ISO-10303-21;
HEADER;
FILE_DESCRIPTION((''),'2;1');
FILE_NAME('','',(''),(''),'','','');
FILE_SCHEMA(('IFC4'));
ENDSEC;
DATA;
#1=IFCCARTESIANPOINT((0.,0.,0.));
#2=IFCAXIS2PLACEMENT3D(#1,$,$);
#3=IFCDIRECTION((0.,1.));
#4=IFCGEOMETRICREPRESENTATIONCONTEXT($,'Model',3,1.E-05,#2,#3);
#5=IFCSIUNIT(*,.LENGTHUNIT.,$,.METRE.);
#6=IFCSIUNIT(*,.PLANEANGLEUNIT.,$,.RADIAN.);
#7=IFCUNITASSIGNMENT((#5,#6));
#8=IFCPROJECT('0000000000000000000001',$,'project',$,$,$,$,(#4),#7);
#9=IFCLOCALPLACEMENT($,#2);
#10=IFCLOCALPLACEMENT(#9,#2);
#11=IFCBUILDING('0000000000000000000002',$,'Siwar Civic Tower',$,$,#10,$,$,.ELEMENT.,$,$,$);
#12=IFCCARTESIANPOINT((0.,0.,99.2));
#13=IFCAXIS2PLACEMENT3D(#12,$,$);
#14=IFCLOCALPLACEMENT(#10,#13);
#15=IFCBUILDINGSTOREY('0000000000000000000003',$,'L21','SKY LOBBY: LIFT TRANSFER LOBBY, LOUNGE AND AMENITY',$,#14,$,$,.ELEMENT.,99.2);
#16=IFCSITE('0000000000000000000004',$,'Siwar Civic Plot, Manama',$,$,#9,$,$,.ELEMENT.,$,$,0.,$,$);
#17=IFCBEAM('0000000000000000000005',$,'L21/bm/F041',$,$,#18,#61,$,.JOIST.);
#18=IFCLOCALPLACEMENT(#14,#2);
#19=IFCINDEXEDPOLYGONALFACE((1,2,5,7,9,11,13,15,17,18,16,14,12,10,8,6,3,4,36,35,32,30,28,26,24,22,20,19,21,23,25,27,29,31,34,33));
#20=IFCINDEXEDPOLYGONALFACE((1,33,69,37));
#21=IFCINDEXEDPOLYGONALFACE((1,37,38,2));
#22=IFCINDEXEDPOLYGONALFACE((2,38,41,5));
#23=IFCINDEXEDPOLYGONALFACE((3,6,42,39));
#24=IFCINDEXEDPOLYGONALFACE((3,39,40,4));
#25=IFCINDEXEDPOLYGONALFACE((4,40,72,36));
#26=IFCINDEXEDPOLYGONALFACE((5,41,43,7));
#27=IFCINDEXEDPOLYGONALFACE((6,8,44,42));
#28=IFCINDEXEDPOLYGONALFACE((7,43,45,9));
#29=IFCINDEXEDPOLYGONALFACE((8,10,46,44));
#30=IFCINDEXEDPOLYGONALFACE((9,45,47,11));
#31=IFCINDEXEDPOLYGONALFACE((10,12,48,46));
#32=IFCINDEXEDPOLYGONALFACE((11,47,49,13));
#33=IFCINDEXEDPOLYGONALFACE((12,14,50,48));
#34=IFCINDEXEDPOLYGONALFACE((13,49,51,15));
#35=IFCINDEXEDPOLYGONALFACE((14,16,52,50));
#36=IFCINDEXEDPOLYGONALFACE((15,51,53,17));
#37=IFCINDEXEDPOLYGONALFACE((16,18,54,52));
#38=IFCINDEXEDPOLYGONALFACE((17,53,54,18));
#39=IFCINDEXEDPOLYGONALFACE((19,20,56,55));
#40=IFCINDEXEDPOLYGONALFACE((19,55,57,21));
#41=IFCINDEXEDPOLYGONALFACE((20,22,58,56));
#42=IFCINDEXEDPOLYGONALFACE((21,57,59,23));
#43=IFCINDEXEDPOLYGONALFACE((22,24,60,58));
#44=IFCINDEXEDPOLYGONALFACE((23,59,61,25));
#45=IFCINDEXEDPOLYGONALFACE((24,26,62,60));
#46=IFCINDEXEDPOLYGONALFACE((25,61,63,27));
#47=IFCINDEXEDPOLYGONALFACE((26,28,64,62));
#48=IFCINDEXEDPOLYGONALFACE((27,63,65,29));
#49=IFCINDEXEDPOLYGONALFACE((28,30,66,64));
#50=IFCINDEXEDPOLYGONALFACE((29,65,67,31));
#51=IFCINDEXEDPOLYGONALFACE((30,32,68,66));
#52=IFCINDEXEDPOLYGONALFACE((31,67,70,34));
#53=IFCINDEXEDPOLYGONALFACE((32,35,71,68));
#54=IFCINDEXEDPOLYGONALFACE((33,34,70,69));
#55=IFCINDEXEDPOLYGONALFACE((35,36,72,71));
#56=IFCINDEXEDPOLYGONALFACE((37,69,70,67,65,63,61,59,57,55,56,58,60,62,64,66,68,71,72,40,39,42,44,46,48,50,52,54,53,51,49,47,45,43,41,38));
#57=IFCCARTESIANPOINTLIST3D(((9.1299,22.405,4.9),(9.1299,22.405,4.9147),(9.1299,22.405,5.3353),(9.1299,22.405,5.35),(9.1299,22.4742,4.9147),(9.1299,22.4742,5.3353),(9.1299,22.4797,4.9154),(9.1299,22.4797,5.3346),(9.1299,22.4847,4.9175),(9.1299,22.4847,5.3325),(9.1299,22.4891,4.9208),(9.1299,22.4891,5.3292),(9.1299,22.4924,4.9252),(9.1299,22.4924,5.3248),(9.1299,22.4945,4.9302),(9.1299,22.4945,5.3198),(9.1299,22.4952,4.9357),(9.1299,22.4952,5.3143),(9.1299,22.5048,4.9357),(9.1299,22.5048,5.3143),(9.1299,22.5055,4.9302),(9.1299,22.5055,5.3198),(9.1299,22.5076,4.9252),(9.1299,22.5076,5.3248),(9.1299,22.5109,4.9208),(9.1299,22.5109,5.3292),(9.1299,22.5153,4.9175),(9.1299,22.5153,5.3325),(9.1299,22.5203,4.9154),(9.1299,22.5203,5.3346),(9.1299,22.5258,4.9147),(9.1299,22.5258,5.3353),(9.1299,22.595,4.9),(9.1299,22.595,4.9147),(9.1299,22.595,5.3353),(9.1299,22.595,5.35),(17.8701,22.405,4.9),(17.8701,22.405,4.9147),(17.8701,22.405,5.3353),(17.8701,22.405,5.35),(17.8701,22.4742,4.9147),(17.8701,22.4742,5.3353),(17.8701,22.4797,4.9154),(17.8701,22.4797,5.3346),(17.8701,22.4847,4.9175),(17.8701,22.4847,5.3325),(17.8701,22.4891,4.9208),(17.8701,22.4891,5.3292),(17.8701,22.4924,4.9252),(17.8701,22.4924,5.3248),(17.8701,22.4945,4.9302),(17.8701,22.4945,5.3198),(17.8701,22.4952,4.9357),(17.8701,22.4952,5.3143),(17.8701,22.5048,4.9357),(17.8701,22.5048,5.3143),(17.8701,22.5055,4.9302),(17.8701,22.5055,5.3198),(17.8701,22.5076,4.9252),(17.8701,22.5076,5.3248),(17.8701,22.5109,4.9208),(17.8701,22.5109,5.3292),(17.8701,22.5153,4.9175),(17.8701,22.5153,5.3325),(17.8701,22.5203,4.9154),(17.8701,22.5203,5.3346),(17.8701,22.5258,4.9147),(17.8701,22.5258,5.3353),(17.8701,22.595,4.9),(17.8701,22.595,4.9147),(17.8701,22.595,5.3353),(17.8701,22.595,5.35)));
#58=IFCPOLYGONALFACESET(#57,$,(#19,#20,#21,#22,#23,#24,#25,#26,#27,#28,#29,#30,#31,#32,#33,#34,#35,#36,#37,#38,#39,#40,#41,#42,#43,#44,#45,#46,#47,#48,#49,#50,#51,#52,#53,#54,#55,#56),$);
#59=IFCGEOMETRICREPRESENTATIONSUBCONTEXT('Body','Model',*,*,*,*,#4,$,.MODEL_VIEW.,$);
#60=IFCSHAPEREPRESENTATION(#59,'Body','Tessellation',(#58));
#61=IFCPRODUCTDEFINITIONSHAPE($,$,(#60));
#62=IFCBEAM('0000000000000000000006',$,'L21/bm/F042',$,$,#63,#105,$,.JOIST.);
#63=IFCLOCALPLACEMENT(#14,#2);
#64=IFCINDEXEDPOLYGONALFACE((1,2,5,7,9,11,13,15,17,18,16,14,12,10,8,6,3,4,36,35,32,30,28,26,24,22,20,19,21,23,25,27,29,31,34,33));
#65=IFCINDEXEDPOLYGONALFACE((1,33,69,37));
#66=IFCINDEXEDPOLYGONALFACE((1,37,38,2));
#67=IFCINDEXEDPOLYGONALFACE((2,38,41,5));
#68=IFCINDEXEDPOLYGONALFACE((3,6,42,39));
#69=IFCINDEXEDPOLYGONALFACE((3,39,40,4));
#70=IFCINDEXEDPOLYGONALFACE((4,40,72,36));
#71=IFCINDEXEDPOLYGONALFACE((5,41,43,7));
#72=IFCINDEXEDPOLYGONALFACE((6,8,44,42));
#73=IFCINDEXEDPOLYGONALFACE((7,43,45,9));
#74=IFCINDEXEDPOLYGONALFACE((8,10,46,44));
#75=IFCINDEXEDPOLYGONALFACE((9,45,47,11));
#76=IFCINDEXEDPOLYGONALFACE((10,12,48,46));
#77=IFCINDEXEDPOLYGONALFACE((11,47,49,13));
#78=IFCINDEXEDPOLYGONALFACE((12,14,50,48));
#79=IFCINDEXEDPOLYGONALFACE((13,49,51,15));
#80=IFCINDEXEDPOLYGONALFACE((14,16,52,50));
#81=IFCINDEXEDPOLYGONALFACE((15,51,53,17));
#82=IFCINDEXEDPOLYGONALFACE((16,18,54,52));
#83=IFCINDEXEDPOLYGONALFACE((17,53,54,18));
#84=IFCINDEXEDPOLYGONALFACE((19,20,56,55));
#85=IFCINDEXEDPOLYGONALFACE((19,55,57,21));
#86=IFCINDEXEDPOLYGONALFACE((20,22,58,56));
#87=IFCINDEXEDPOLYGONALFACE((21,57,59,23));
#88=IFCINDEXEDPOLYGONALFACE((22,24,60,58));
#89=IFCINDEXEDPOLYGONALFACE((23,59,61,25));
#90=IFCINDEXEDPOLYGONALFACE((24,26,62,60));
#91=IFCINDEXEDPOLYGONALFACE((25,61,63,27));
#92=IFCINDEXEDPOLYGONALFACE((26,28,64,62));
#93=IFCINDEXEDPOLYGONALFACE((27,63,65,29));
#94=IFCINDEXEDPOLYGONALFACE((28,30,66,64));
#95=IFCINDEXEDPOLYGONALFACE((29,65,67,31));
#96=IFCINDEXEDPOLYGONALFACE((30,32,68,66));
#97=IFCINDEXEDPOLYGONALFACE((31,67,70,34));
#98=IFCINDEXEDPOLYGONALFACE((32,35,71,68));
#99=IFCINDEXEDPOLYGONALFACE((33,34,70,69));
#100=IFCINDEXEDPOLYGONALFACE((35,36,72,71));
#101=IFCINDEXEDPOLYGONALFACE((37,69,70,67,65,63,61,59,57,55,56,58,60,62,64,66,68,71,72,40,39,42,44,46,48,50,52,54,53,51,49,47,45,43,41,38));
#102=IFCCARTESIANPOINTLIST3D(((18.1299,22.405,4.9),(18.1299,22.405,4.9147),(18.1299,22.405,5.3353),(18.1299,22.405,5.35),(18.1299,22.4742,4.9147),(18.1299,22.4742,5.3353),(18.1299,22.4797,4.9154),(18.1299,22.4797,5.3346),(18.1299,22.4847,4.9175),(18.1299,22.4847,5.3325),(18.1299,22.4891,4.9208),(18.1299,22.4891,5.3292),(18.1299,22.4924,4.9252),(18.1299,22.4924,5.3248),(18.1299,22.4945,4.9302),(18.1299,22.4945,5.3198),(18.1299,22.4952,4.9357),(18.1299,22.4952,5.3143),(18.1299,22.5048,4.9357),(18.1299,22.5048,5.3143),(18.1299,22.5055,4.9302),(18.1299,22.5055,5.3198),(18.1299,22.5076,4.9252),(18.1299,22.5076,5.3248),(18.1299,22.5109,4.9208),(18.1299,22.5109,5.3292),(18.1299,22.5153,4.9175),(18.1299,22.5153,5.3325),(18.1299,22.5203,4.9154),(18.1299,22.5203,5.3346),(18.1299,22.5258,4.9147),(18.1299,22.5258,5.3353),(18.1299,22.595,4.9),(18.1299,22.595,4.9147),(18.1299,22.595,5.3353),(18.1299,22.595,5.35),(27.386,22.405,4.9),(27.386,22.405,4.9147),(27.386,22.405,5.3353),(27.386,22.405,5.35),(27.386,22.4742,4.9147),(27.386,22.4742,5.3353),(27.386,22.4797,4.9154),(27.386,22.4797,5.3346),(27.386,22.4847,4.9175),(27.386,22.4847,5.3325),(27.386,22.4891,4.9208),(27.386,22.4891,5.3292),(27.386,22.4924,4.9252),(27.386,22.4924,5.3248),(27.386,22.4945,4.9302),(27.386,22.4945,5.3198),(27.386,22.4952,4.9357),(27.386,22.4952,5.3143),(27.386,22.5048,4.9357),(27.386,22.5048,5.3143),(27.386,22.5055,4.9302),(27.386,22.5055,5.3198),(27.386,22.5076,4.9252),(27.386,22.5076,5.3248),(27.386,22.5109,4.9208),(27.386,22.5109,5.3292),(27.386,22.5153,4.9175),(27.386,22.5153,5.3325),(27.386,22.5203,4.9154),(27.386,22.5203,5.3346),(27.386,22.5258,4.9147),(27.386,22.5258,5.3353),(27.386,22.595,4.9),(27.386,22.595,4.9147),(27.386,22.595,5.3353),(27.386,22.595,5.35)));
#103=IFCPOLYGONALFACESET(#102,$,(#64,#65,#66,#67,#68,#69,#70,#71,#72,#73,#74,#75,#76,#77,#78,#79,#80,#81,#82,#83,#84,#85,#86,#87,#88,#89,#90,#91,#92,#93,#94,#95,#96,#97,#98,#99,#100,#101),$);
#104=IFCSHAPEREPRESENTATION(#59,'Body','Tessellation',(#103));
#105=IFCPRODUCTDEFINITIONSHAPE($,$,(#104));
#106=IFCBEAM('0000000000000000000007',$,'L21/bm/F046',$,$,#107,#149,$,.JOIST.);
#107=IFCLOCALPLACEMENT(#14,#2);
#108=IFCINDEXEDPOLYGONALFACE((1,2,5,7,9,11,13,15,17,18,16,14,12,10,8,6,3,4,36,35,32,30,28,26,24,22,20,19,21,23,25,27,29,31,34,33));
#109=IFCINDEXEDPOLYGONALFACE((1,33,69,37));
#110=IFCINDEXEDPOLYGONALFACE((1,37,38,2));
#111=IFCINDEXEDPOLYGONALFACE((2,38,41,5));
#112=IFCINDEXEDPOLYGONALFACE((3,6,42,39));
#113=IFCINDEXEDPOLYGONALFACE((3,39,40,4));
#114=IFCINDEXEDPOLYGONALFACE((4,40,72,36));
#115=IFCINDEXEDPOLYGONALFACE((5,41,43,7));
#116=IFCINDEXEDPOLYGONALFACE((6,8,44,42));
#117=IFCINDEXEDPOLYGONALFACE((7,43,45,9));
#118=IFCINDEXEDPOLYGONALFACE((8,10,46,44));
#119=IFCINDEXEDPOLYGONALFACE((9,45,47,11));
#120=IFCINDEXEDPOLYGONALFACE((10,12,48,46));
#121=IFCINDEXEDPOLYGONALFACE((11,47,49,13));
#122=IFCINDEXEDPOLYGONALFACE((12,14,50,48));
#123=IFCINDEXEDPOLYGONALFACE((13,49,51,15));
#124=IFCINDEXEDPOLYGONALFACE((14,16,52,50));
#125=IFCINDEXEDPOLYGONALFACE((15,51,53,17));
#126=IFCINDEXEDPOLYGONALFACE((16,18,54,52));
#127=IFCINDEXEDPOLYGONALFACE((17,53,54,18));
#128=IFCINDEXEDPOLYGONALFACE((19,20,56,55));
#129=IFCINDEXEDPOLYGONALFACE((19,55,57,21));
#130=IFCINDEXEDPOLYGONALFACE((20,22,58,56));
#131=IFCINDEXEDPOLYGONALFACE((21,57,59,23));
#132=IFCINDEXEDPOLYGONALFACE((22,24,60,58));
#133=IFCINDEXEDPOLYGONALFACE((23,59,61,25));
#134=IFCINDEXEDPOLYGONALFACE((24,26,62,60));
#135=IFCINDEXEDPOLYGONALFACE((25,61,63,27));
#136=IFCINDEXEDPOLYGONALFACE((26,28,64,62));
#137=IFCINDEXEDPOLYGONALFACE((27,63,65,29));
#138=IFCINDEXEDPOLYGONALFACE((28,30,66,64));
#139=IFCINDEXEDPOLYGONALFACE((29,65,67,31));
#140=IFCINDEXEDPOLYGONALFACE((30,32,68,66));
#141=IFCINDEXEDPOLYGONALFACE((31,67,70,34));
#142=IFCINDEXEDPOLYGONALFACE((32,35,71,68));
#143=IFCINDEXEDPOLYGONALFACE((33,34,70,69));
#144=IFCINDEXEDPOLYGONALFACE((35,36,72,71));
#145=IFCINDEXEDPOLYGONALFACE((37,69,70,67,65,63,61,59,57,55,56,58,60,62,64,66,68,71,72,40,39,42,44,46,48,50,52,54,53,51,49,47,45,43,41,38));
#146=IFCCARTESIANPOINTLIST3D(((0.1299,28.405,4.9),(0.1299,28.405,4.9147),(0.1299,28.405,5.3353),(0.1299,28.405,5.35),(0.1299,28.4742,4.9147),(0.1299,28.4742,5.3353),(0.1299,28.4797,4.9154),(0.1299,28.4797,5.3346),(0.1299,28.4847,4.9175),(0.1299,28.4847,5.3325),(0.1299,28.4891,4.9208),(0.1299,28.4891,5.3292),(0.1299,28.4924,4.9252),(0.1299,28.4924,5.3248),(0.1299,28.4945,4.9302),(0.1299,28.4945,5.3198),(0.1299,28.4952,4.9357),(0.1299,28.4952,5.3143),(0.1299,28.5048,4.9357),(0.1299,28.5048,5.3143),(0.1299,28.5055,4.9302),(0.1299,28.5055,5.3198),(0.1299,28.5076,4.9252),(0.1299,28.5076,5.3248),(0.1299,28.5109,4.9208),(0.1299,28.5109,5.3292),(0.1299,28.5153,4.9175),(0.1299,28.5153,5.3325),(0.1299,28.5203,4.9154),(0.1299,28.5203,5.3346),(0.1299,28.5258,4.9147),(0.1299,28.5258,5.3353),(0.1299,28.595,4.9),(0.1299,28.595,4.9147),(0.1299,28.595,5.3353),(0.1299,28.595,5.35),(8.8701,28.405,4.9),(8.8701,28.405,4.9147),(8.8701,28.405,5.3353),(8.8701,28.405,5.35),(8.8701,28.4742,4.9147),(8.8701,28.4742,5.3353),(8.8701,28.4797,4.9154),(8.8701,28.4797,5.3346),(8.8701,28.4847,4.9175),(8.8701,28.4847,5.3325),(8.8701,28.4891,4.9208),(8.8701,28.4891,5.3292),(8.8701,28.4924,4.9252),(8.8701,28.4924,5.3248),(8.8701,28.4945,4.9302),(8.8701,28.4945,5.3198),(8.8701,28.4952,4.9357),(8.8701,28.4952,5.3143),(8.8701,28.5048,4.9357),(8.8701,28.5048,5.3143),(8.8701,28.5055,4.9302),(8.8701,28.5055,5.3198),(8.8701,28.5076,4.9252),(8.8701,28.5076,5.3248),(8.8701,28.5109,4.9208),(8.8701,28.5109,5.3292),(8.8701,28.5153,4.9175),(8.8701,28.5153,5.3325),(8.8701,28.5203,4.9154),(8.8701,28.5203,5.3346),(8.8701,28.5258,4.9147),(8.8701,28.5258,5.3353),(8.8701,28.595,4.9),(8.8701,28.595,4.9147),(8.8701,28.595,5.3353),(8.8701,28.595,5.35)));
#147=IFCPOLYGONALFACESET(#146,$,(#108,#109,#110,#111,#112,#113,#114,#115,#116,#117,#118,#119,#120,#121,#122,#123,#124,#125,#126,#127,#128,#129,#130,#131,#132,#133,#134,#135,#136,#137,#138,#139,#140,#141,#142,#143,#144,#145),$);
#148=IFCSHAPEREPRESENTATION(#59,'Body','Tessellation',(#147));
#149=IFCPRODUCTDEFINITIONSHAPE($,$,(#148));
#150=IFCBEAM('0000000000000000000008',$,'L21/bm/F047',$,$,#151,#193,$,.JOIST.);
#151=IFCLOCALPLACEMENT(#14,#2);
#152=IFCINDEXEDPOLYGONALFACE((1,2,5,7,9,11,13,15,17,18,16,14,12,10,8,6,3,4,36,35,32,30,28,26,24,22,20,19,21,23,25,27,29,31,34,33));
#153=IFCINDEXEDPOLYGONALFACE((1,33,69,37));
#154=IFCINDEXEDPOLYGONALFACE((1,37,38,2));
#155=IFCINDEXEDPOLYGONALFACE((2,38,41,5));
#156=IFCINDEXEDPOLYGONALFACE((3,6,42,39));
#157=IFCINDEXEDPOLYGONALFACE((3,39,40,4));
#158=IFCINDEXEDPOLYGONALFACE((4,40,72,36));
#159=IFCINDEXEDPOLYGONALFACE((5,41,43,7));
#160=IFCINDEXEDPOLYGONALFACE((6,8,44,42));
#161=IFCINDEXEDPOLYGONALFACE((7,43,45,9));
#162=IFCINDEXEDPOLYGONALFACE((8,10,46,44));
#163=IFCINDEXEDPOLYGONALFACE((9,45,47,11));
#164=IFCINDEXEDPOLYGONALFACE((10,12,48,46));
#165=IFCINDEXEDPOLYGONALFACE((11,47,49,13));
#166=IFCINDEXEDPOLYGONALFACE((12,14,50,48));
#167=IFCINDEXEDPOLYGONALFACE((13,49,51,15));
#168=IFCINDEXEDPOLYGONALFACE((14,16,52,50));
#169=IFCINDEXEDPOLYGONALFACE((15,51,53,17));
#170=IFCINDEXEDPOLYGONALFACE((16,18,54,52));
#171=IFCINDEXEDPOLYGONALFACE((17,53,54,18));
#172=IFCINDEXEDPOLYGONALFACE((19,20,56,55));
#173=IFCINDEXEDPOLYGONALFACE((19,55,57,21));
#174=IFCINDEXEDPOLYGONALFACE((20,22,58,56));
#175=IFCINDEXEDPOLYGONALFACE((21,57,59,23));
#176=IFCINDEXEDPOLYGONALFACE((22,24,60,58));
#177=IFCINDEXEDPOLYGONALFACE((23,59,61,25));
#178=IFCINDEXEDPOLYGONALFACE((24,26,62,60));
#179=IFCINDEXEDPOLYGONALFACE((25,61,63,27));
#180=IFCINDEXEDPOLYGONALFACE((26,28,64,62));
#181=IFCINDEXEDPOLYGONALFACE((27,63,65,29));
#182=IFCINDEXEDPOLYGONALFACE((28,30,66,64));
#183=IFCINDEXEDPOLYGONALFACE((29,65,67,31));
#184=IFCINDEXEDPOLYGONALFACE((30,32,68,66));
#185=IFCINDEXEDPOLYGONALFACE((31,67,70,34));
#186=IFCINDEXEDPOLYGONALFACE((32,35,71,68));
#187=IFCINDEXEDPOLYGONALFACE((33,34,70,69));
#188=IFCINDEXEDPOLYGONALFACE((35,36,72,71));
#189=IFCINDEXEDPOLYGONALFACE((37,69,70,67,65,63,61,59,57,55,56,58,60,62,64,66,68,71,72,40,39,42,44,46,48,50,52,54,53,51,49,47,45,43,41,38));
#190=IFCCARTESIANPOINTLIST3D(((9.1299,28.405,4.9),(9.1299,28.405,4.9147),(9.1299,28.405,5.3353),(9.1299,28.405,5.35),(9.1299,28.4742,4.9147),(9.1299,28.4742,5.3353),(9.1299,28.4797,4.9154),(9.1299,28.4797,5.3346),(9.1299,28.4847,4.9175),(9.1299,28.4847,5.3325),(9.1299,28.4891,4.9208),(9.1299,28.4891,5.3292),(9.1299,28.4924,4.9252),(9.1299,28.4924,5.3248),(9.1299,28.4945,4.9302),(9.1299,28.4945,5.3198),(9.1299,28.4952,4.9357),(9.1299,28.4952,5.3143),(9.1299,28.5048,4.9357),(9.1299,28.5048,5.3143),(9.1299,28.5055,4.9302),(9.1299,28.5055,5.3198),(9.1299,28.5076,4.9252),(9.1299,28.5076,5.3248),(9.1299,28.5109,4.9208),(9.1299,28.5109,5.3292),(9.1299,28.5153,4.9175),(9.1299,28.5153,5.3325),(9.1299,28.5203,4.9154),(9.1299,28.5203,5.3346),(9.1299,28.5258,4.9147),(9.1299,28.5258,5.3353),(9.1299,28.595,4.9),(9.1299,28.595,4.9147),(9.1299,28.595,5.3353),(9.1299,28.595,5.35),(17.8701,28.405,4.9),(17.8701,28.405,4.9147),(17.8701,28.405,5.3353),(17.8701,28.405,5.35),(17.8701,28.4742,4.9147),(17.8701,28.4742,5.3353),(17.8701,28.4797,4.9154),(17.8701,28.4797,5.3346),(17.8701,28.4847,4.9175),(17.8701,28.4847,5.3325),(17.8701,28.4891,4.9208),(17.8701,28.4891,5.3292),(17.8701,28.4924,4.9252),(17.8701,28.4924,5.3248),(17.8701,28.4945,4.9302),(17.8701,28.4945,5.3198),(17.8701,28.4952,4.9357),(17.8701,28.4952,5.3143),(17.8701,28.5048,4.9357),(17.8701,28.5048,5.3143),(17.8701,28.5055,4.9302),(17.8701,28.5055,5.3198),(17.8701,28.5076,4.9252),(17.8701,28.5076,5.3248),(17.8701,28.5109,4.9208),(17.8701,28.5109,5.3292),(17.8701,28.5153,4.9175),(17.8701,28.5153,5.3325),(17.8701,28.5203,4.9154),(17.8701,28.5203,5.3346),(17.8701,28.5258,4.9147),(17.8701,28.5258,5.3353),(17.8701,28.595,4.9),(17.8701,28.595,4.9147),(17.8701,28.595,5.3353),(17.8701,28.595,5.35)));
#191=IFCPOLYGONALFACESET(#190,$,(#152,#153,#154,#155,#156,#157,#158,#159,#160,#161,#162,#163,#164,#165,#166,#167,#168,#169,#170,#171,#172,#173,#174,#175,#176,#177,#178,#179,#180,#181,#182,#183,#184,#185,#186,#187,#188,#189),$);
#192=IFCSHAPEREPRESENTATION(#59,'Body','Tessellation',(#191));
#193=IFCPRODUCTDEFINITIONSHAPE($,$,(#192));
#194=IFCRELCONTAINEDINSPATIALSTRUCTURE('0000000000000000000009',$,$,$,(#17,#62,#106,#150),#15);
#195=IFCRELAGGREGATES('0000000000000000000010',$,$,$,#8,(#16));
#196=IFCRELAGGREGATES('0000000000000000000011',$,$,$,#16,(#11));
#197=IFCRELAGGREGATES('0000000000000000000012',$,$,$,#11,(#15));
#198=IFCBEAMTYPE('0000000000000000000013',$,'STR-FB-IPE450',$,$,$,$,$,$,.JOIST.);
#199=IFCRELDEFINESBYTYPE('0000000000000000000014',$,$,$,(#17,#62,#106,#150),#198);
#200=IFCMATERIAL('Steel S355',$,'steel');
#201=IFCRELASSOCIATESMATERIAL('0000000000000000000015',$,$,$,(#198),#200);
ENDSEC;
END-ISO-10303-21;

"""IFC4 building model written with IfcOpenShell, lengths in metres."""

from ifc_helpers import new_model, si_unit, direction, frame, origin, origin_2d, place, context, subcontext, project, spatial, i_section, extrude, material, material_profile, profile_set, type_object, element, save


model = new_model("IFC4")

# Units and contexts
model_context = context("Model", 3, precision=1e-05, world=origin(), true_north=direction((0.0, 1.0)))
body_context = subcontext(model_context, "Body", "Model", "MODEL_VIEW")
ifc_project = project(units=[si_unit("LENGTHUNIT", "METRE"), si_unit("PLANEANGLEUNIT", "RADIAN")], contexts=[model_context])

# Site, building, storey
site_placement = place(None, origin())
site = spatial("IfcSite", under=ifc_project, at=site_placement, Name="Siwar Civic Plot, Manama", CompositionType="ELEMENT", RefElevation=0.0)
building_placement = place(site_placement, origin())
building = spatial("IfcBuilding", under=site, at=building_placement, Name="Siwar Civic Tower", CompositionType="ELEMENT")
storey_placement = place(building_placement, frame((0.0, 0.0, 99.2)))
storey = spatial("IfcBuildingStorey", under=building, at=storey_placement, Name="L21", Description="SKY LOBBY: LIFT TRANSFER LOBBY, LOUNGE AND AMENITY", CompositionType="ELEMENT", Elevation=99.2)

# Beams
ifc_material_1 = material(Name="Steel S355", Category="steel")
ifc_material_profile_1 = material_profile(ifc_material_1, i_section(OverallWidth=0.1899, OverallDepth=0.45, WebThickness=0.0095, FlangeThickness=0.0146, FilletRadius=0.021, at=origin_2d()), Name="IPE450")
ifc_profile_set_1 = profile_set([ifc_material_profile_1], Name="Steel S355")
beam_type_1 = type_object("IfcBeamType", Name="STR-FB-IPE450", PredefinedType="JOIST", material=ifc_profile_set_1)
for number, where, z_axis, x_axis, name in (
    (1, (9.1299, 22.5, 5.125), (1.0, 0.0, 0.0), (0.0, 1.0, 0.0), "L21/bm/F041"),
):
    element("IfcBeam", number, at=place(storey_placement, frame(where, z_axis=z_axis, x_axis=x_axis)), inside=storey, type_object=beam_type_1, Name=name, PredefinedType="JOIST", context=body_context, shape_type="SweptSolid", body=[
        extrude(i_section(OverallWidth=0.1899, OverallDepth=0.45, WebThickness=0.0095, FlangeThickness=0.0146, FilletRadius=0.021, at=origin_2d()), origin(), (0.0, 0.0, 1.0), 8.7402),
    ])
beam_1_placement = place(storey_placement, frame((18.1299, 22.5, 5.125), z_axis=(1.0, 0.0, 0.0), x_axis=(0.0, 1.0, 0.0)))
element("IfcBeam", 2, at=beam_1_placement, inside=storey, type_object=beam_type_1, Name="L21/bm/F042", PredefinedType="JOIST", context=body_context, shape_type="SweptSolid", body=[
    extrude(i_section(OverallWidth=0.1899, OverallDepth=0.45, WebThickness=0.0095, FlangeThickness=0.0146, FilletRadius=0.021, at=origin_2d()), origin(), (0.0, 0.0, 1.0), 9.2561),
])
for number, where, z_axis, x_axis, name in (
    (3, (0.1299, 28.5, 5.125), (1.0, 0.0, 0.0), (0.0, 1.0, 0.0), "L21/bm/F046"),
    (4, (9.1299, 28.5, 5.125), (1.0, 0.0, 0.0), (0.0, 1.0, 0.0), "L21/bm/F047"),
):
    element("IfcBeam", number, at=place(storey_placement, frame(where, z_axis=z_axis, x_axis=x_axis)), inside=storey, type_object=beam_type_1, Name=name, PredefinedType="JOIST", context=body_context, shape_type="SweptSolid", body=[
        extrude(i_section(OverallWidth=0.1899, OverallDepth=0.45, WebThickness=0.0095, FlangeThickness=0.0146, FilletRadius=0.021, at=origin_2d()), origin(), (0.0, 0.0, 1.0), 8.7402),
    ])

save(model, "model.ifc")
